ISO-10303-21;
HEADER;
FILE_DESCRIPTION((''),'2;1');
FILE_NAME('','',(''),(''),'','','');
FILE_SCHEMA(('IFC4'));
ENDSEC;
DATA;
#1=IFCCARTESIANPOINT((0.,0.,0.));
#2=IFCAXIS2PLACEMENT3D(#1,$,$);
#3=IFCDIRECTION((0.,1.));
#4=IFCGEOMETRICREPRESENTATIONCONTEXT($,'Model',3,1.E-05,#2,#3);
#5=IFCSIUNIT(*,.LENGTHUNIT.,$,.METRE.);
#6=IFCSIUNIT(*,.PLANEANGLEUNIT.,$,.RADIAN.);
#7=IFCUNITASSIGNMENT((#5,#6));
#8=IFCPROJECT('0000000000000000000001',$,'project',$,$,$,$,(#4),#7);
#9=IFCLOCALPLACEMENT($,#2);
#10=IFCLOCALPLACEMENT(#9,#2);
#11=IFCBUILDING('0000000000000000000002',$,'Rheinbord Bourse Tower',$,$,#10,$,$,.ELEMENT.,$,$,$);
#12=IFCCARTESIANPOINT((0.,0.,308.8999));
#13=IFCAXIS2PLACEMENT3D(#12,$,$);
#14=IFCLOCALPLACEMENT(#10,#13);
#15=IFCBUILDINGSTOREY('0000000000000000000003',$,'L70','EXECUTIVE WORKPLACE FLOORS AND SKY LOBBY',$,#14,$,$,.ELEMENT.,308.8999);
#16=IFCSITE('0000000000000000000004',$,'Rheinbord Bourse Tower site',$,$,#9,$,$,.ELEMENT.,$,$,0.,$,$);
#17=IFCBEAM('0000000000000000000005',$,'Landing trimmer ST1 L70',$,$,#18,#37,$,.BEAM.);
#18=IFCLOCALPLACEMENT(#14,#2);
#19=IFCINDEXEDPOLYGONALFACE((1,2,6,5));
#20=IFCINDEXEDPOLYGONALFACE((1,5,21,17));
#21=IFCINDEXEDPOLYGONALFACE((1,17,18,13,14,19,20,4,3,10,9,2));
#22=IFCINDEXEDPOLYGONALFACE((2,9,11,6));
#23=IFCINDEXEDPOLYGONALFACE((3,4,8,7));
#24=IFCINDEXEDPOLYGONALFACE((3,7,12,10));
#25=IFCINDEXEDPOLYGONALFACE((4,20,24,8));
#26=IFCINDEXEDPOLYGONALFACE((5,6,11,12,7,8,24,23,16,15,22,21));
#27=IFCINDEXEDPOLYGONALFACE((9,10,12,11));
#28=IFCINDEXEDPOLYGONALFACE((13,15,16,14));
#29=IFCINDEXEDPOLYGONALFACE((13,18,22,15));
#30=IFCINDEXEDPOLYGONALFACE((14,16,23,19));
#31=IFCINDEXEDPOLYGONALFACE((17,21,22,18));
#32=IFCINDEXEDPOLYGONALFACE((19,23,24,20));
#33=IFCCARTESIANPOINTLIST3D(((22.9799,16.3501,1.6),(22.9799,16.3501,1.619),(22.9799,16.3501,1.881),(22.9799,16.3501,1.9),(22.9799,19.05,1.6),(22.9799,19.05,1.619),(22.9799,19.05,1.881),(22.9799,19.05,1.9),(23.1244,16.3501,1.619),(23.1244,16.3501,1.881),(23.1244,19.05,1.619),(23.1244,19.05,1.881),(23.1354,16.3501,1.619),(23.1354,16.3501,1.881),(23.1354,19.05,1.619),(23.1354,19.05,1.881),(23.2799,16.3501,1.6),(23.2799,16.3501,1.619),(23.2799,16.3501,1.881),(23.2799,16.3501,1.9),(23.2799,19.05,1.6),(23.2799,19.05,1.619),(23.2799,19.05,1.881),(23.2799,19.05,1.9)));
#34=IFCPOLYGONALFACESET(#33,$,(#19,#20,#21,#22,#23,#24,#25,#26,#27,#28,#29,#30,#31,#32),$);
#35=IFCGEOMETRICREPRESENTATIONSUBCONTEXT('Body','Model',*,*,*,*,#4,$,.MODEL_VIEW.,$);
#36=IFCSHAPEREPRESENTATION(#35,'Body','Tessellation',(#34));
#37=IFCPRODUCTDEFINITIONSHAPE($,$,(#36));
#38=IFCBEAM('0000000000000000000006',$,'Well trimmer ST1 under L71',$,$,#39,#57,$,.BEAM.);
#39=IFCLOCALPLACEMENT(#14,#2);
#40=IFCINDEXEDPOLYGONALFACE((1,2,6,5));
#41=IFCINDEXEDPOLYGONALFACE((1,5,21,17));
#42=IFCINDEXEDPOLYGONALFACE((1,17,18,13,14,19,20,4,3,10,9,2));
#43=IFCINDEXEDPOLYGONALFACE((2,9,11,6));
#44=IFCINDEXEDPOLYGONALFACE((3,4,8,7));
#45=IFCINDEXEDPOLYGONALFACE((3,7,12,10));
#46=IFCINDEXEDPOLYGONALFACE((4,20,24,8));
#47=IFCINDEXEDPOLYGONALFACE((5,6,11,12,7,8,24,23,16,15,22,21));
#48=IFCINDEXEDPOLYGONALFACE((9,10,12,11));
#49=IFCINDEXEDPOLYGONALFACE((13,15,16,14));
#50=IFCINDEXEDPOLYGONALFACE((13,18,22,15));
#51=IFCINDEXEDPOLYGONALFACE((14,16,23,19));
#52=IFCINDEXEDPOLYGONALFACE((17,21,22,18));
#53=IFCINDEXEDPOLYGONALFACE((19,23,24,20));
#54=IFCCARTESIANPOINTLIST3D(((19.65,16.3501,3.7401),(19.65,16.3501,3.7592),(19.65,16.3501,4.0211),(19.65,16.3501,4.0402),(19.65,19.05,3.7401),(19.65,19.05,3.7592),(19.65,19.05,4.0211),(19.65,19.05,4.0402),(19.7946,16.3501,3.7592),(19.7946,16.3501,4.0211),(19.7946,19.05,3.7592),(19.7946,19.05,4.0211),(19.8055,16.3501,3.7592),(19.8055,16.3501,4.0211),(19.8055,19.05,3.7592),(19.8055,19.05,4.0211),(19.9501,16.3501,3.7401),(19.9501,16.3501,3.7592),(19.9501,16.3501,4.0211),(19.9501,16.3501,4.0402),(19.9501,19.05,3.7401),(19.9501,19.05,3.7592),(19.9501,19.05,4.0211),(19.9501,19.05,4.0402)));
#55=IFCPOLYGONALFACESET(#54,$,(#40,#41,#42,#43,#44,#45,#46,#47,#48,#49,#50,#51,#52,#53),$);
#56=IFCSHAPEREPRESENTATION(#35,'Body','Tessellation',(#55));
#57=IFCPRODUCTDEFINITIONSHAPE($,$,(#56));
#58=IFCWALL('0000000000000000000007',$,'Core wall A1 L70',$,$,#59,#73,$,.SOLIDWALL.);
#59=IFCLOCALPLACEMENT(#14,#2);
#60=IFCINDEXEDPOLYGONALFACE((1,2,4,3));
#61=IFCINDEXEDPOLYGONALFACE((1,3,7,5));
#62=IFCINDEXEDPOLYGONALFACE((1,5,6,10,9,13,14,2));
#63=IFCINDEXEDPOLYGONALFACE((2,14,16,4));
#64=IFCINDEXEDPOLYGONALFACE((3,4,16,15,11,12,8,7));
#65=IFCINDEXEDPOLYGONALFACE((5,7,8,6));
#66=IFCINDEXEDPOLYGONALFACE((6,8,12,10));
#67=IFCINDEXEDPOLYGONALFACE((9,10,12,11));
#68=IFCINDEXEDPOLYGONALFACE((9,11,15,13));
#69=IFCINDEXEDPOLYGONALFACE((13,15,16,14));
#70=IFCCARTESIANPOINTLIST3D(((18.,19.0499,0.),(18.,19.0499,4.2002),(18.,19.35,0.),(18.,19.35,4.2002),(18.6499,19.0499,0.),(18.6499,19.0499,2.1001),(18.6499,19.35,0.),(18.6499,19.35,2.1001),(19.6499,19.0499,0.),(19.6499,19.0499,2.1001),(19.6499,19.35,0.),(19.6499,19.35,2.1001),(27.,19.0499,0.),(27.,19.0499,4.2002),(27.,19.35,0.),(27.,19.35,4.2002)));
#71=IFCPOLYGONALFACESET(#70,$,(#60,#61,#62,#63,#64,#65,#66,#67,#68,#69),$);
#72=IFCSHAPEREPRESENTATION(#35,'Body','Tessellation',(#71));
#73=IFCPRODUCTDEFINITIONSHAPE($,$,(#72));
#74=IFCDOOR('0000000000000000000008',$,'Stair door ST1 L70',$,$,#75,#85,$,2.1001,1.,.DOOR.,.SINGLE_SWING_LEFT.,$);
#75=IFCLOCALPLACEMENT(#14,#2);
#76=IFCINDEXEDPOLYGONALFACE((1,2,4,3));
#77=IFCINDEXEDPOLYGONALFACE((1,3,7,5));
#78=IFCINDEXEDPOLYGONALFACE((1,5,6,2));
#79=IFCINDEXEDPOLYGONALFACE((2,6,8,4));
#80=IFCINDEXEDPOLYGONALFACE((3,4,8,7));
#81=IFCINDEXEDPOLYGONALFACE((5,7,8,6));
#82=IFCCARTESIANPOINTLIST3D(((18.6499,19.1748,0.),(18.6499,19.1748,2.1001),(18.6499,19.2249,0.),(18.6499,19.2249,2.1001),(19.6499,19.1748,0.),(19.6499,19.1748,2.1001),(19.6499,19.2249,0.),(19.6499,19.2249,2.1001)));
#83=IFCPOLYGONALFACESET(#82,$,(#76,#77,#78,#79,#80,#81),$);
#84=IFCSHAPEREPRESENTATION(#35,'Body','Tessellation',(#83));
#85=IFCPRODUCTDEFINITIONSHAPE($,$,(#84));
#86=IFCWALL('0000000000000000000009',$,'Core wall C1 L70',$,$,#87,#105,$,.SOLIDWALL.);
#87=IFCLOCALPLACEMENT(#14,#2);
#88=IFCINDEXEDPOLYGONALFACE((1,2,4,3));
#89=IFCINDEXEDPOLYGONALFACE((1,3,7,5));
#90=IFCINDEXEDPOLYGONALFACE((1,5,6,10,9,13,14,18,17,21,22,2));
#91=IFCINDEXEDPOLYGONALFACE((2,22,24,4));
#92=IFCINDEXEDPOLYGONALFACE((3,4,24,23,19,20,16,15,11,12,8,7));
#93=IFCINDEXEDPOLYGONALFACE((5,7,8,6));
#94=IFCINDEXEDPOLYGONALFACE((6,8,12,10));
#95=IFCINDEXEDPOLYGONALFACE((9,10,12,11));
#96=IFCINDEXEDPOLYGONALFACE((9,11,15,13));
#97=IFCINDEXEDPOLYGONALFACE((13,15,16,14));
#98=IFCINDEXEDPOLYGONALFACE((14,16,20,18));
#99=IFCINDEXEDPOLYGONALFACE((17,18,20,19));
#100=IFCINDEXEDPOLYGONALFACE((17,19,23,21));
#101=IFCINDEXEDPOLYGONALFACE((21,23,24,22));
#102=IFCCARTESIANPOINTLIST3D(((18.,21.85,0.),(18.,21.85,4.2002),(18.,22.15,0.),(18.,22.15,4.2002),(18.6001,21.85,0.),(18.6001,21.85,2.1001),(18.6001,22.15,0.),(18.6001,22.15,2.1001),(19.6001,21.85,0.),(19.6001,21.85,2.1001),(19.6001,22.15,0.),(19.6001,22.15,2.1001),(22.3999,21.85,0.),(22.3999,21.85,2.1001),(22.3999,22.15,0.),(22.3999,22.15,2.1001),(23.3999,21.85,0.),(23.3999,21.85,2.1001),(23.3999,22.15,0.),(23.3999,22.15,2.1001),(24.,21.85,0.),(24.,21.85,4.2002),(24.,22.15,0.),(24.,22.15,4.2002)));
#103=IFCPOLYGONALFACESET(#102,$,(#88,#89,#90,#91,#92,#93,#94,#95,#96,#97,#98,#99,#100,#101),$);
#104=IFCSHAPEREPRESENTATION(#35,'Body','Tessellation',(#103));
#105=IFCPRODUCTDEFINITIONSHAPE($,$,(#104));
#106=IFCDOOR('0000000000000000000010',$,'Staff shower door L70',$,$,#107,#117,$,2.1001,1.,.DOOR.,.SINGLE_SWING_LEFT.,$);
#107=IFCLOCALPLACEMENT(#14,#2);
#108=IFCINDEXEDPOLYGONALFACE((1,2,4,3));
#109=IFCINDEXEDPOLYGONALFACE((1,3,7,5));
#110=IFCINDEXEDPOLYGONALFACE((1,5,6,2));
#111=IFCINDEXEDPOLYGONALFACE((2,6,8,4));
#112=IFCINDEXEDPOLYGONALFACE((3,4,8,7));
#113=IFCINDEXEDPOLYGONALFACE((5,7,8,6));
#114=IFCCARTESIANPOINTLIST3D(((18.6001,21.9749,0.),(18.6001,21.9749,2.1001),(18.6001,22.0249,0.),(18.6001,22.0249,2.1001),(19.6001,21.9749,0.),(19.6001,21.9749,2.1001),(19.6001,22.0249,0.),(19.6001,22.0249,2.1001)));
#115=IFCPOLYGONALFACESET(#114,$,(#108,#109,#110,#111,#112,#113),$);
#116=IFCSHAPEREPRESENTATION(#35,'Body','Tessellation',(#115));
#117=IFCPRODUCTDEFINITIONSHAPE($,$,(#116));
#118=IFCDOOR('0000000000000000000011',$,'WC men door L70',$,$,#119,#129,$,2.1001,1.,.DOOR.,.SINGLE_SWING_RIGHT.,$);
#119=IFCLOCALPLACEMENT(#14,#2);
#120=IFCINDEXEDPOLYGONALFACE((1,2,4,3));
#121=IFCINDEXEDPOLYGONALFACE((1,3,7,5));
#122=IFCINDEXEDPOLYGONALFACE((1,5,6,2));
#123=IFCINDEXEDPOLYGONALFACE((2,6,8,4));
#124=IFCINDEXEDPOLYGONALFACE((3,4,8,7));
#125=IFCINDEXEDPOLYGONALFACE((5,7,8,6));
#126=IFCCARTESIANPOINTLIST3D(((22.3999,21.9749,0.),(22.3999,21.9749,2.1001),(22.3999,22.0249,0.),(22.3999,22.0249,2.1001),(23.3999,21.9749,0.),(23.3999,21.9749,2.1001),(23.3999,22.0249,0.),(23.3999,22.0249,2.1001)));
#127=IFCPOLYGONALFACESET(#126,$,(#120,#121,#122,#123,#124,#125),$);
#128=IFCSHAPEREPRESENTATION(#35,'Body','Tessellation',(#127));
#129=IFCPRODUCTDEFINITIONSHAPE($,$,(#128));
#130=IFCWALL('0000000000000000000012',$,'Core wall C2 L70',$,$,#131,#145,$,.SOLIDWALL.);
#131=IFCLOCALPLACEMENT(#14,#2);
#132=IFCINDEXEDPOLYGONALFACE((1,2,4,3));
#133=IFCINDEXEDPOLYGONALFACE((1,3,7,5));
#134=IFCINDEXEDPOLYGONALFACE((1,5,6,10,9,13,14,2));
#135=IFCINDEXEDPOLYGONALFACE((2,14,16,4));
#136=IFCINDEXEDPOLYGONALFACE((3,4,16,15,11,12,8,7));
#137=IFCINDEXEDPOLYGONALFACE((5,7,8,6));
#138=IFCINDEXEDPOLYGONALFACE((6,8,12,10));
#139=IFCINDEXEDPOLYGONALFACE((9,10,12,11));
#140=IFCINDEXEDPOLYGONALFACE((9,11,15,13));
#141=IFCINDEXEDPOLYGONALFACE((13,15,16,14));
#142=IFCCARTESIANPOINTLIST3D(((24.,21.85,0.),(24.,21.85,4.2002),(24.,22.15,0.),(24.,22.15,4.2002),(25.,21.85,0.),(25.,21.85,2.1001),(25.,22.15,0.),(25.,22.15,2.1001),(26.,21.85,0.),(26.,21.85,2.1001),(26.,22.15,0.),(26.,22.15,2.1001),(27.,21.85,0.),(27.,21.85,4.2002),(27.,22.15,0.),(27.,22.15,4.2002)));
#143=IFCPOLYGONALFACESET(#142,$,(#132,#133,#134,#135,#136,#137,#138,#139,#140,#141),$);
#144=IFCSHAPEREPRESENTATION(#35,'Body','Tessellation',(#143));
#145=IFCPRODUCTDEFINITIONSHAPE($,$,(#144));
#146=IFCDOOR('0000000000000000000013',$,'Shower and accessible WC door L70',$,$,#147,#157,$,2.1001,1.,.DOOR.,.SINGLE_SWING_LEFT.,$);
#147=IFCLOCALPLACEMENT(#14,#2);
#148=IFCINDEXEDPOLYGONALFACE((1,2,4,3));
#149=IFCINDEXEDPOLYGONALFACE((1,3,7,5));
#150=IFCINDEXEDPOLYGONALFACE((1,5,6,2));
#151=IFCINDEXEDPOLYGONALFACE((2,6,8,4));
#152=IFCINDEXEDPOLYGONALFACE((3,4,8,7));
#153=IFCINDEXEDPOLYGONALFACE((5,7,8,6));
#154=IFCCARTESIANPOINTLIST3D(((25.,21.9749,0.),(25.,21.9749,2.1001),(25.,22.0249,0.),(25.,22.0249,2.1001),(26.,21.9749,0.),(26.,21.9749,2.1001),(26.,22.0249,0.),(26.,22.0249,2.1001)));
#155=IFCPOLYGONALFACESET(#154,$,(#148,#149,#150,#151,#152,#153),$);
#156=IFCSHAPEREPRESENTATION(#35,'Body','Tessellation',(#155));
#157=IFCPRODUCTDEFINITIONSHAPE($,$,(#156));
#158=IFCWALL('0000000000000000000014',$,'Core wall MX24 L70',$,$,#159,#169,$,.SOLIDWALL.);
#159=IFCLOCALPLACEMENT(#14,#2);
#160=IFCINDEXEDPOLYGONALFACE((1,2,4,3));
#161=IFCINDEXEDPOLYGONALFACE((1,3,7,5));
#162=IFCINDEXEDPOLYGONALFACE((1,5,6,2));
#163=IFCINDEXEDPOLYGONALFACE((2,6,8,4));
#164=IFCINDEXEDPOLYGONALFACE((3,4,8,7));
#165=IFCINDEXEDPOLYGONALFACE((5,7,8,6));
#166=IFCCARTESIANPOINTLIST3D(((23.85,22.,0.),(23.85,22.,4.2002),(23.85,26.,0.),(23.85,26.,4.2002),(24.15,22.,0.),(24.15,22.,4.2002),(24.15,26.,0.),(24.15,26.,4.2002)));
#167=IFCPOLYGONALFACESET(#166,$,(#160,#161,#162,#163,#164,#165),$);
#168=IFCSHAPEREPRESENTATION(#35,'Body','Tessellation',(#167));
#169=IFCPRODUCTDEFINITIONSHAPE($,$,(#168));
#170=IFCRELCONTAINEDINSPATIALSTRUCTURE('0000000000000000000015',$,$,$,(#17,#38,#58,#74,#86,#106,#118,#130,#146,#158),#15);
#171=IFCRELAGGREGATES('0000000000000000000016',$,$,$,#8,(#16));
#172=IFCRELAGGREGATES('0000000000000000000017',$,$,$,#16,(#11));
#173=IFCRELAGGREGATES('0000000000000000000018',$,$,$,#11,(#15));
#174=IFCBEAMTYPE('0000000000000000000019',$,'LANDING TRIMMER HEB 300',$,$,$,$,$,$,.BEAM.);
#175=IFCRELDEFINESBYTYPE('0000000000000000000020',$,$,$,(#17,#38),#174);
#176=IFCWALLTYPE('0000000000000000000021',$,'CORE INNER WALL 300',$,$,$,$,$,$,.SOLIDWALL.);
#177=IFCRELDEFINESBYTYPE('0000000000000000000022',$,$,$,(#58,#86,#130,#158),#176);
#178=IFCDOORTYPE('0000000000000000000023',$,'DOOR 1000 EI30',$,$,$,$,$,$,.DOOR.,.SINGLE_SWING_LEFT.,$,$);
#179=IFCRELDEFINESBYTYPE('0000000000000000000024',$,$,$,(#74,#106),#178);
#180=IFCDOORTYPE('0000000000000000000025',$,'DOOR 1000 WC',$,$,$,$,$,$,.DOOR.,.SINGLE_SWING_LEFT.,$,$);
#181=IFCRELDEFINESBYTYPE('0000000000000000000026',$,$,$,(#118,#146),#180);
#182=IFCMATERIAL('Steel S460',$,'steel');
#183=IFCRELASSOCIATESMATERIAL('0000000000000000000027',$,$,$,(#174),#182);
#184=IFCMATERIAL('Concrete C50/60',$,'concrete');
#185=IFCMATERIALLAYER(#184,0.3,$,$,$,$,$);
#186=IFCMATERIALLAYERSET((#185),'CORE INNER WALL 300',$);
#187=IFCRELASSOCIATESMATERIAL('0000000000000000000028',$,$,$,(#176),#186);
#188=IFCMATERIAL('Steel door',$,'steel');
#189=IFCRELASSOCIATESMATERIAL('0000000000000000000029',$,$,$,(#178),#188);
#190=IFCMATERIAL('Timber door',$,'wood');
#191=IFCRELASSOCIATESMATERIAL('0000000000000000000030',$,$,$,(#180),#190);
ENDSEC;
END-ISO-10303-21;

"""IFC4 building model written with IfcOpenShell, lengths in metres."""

from ifc_helpers import new_model, si_unit, direction, frame, frame_2d, origin, origin_2d, place, context, subcontext, project, spatial, rectangle, i_section, extrude, material, layer, layer_set, material_profile, profile_set, type_object, element, fill, save


model = new_model("IFC4")

# Units and contexts
model_context = context("Model", 3, precision=1e-05, world=origin(), true_north=direction((0.0, 1.0)))
body_context = subcontext(model_context, "Body", "Model", "MODEL_VIEW")
ifc_project = project(units=[si_unit("LENGTHUNIT", "METRE"), si_unit("PLANEANGLEUNIT", "RADIAN")], contexts=[model_context])

# Site, building, storey
site_placement = place(None, origin())
site = spatial("IfcSite", under=ifc_project, at=site_placement, Name="Rheinbord Bourse Tower site", CompositionType="ELEMENT", RefElevation=0.0)
building_placement = place(site_placement, origin())
building = spatial("IfcBuilding", under=site, at=building_placement, Name="Rheinbord Bourse Tower", CompositionType="ELEMENT")
storey_placement = place(building_placement, frame((0.0, 0.0, 308.8999)))
storey = spatial("IfcBuildingStorey", under=building, at=storey_placement, Name="L70", Description="EXECUTIVE WORKPLACE FLOORS AND SKY LOBBY", CompositionType="ELEMENT", Elevation=308.8999)

# Beams
ifc_material_1 = material(Name="Steel S460", Category="steel")
ifc_material_profile = material_profile(ifc_material_1, i_section(OverallWidth=0.3, OverallDepth=0.3, WebThickness=0.011, FlangeThickness=0.019, at=origin_2d()), Name="HEB 300")
ifc_profile_set = profile_set([ifc_material_profile], Name="Steel S460")
beam_type = type_object("IfcBeamType", Name="LANDING TRIMMER HEB 300", PredefinedType="BEAM", material=ifc_profile_set)
for number, where, z_axis, x_axis, name in (
    (1, (23.1299, 16.3501, 1.75), (0.0, 1.0, 0.0), (-1.0, 0.0, 0.0), "Landing trimmer ST1 L70"),
    (2, (19.8, 16.3501, 3.8901), (0.0, 1.0, 0.0), (-1.0, 0.0, 0.0), "Well trimmer ST1 under L71"),
):
    element("IfcBeam", number, at=place(storey_placement, frame(where, z_axis=z_axis, x_axis=x_axis)), inside=storey, type_object=beam_type, Name=name, PredefinedType="BEAM", context=body_context, shape_type="SweptSolid", body=[
        extrude(i_section(OverallWidth=0.3, OverallDepth=0.3, WebThickness=0.011, FlangeThickness=0.019, at=origin_2d()), origin(), (0.0, 0.0, 1.0), 2.7),
    ])

# Wall, opening, door
ifc_material_2 = material(Name="Concrete C50/60", Category="concrete")
ifc_layer_1 = layer(ifc_material_2, 0.3)
ifc_layer_set_1 = layer_set([ifc_layer_1], Name="CORE INNER WALL 300")
wall_type_1 = type_object("IfcWallType", Name="CORE INNER WALL 300", PredefinedType="SOLIDWALL", material=ifc_layer_set_1)
wall_1_placement = place(storey_placement, frame((18.0, 19.2, 0.0), z_axis=(0.0, 0.0, 1.0), x_axis=(1.0, 0.0, 0.0)))
wall_1 = element("IfcWall", 3, at=wall_1_placement, inside=storey, type_object=wall_type_1, Name="Core wall A1 L70", PredefinedType="SOLIDWALL", context=body_context, shape_type="SweptSolid", body=[
    extrude(rectangle(XDim=9.0, YDim=0.3, at=frame_2d((4.5, 0.0))), origin(), (0.0, 0.0, 1.0), 4.2002),
])
opening_1_placement = place(wall_1_placement, frame((0.6499, 0.0, 0.0)))
opening_1 = element("IfcOpeningElement", 4, at=opening_1_placement, cuts=wall_1, PredefinedType="OPENING", context=body_context, shape_type="SweptSolid", body=[
    extrude(rectangle(XDim=1.0, YDim=2.1001, at=frame_2d((0.5, 1.05))), frame((0.0, 0.1599, 0.0), z_axis=(0.0, -1.0, 0.0), x_axis=(1.0, 0.0, 0.0)), (0.0, 0.0, 1.0), 0.3201),
])
ifc_material_3 = material(Name="Steel door", Category="steel")
door_type_1 = type_object("IfcDoorType", Name="DOOR 1000 EI30", OperationType="SINGLE_SWING_LEFT", PredefinedType="DOOR", material=ifc_material_3)
door_1_placement = place(opening_1_placement, origin())
door_1 = element("IfcDoor", 5, at=door_1_placement, inside=storey, type_object=door_type_1, Name="Stair door ST1 L70", OperationType="SINGLE_SWING_LEFT", OverallHeight=2.1001, OverallWidth=1.0, PredefinedType="DOOR", context=body_context, shape_type="SweptSolid", body=[
    extrude(rectangle(XDim=1.0, YDim=2.1001, at=frame_2d((0.5, 1.05))), frame((0.0, 0.0249, 0.0), z_axis=(0.0, -1.0, 0.0), x_axis=(1.0, 0.0, 0.0)), (0.0, 0.0, 1.0), 0.05),
])
fill(opening_1, door_1)

# Wall, openings, doors
wall_2_placement = place(storey_placement, frame((18.0, 22.0, 0.0), z_axis=(0.0, 0.0, 1.0), x_axis=(1.0, 0.0, 0.0)))
wall_2 = element("IfcWall", 6, at=wall_2_placement, inside=storey, type_object=wall_type_1, Name="Core wall C1 L70", PredefinedType="SOLIDWALL", context=body_context, shape_type="SweptSolid", body=[
    extrude(rectangle(XDim=6.0, YDim=0.3, at=frame_2d((3.0, 0.0))), origin(), (0.0, 0.0, 1.0), 4.2002),
])
opening_2_placement = place(wall_2_placement, frame((4.3999, 0.0, 0.0)))
opening_2 = element("IfcOpeningElement", 7, at=opening_2_placement, cuts=wall_2, PredefinedType="OPENING", context=body_context, shape_type="SweptSolid", body=[
    extrude(rectangle(XDim=1.0, YDim=2.1001, at=frame_2d((0.5, 1.05))), frame((0.0, 0.1599, 0.0), z_axis=(0.0, -1.0, 0.0), x_axis=(1.0, 0.0, 0.0)), (0.0, 0.0, 1.0), 0.3201),
])
opening_3_placement = place(wall_2_placement, frame((0.6001, 0.0, 0.0)))
opening_3 = element("IfcOpeningElement", 8, at=opening_3_placement, cuts=wall_2, PredefinedType="OPENING", context=body_context, shape_type="SweptSolid", body=[
    extrude(rectangle(XDim=1.0, YDim=2.1001, at=frame_2d((0.5, 1.05))), frame((0.0, 0.1599, 0.0), z_axis=(0.0, -1.0, 0.0), x_axis=(1.0, 0.0, 0.0)), (0.0, 0.0, 1.0), 0.3201),
])
door_2_placement = place(opening_3_placement, origin())
door_2 = element("IfcDoor", 9, at=door_2_placement, inside=storey, type_object=door_type_1, Name="Staff shower door L70", OperationType="SINGLE_SWING_LEFT", OverallHeight=2.1001, OverallWidth=1.0, PredefinedType="DOOR", context=body_context, shape_type="SweptSolid", body=[
    extrude(rectangle(XDim=1.0, YDim=2.1001, at=frame_2d((0.5, 1.05))), frame((0.0, 0.0249, 0.0), z_axis=(0.0, -1.0, 0.0), x_axis=(1.0, 0.0, 0.0)), (0.0, 0.0, 1.0), 0.05),
])
fill(opening_3, door_2)
ifc_material_4 = material(Name="Timber door", Category="wood")
door_type_2 = type_object("IfcDoorType", Name="DOOR 1000 WC", OperationType="SINGLE_SWING_LEFT", PredefinedType="DOOR", material=ifc_material_4)
door_3_placement = place(opening_2_placement, origin())
door_3 = element("IfcDoor", 10, at=door_3_placement, inside=storey, type_object=door_type_2, Name="WC men door L70", OperationType="SINGLE_SWING_RIGHT", OverallHeight=2.1001, OverallWidth=1.0, PredefinedType="DOOR", context=body_context, shape_type="SweptSolid", body=[
    extrude(rectangle(XDim=1.0, YDim=2.1001, at=frame_2d((0.5, 1.05))), frame((0.0, 0.0249, 0.0), z_axis=(0.0, -1.0, 0.0), x_axis=(1.0, 0.0, 0.0)), (0.0, 0.0, 1.0), 0.05),
])
fill(opening_2, door_3)

# Wall, opening, door
wall_3_placement = place(storey_placement, frame((24.0, 22.0, 0.0), z_axis=(0.0, 0.0, 1.0), x_axis=(1.0, 0.0, 0.0)))
wall_3 = element("IfcWall", 11, at=wall_3_placement, inside=storey, type_object=wall_type_1, Name="Core wall C2 L70", PredefinedType="SOLIDWALL", context=body_context, shape_type="SweptSolid", body=[
    extrude(rectangle(XDim=3.0, YDim=0.3, at=frame_2d((1.5, 0.0))), origin(), (0.0, 0.0, 1.0), 4.2002),
])
opening_4_placement = place(wall_3_placement, frame((1.0, 0.0, 0.0)))
opening_4 = element("IfcOpeningElement", 12, at=opening_4_placement, cuts=wall_3, PredefinedType="OPENING", context=body_context, shape_type="SweptSolid", body=[
    extrude(rectangle(XDim=1.0, YDim=2.1001, at=frame_2d((0.5, 1.05))), frame((0.0, 0.1599, 0.0), z_axis=(0.0, -1.0, 0.0), x_axis=(1.0, 0.0, 0.0)), (0.0, 0.0, 1.0), 0.3201),
])
door_4_placement = place(opening_4_placement, origin())
door_4 = element("IfcDoor", 13, at=door_4_placement, inside=storey, type_object=door_type_2, Name="Shower and accessible WC door L70", OperationType="SINGLE_SWING_LEFT", OverallHeight=2.1001, OverallWidth=1.0, PredefinedType="DOOR", context=body_context, shape_type="SweptSolid", body=[
    extrude(rectangle(XDim=1.0, YDim=2.1001, at=frame_2d((0.5, 1.05))), frame((0.0, 0.0249, 0.0), z_axis=(0.0, -1.0, 0.0), x_axis=(1.0, 0.0, 0.0)), (0.0, 0.0, 1.0), 0.05),
])
fill(opening_4, door_4)

# Wall
wall_4_placement = place(storey_placement, frame((24.0, 22.0, 0.0), z_axis=(0.0, 0.0, 1.0), x_axis=(0.0, 1.0, 0.0)))
element("IfcWall", 14, at=wall_4_placement, inside=storey, type_object=wall_type_1, Name="Core wall MX24 L70", PredefinedType="SOLIDWALL", context=body_context, shape_type="SweptSolid", body=[
    extrude(rectangle(XDim=4.0, YDim=0.3, at=frame_2d((2.0, 0.0))), origin(), (0.0, 0.0, 1.0), 4.2002),
])

save(model, "model.ifc")
